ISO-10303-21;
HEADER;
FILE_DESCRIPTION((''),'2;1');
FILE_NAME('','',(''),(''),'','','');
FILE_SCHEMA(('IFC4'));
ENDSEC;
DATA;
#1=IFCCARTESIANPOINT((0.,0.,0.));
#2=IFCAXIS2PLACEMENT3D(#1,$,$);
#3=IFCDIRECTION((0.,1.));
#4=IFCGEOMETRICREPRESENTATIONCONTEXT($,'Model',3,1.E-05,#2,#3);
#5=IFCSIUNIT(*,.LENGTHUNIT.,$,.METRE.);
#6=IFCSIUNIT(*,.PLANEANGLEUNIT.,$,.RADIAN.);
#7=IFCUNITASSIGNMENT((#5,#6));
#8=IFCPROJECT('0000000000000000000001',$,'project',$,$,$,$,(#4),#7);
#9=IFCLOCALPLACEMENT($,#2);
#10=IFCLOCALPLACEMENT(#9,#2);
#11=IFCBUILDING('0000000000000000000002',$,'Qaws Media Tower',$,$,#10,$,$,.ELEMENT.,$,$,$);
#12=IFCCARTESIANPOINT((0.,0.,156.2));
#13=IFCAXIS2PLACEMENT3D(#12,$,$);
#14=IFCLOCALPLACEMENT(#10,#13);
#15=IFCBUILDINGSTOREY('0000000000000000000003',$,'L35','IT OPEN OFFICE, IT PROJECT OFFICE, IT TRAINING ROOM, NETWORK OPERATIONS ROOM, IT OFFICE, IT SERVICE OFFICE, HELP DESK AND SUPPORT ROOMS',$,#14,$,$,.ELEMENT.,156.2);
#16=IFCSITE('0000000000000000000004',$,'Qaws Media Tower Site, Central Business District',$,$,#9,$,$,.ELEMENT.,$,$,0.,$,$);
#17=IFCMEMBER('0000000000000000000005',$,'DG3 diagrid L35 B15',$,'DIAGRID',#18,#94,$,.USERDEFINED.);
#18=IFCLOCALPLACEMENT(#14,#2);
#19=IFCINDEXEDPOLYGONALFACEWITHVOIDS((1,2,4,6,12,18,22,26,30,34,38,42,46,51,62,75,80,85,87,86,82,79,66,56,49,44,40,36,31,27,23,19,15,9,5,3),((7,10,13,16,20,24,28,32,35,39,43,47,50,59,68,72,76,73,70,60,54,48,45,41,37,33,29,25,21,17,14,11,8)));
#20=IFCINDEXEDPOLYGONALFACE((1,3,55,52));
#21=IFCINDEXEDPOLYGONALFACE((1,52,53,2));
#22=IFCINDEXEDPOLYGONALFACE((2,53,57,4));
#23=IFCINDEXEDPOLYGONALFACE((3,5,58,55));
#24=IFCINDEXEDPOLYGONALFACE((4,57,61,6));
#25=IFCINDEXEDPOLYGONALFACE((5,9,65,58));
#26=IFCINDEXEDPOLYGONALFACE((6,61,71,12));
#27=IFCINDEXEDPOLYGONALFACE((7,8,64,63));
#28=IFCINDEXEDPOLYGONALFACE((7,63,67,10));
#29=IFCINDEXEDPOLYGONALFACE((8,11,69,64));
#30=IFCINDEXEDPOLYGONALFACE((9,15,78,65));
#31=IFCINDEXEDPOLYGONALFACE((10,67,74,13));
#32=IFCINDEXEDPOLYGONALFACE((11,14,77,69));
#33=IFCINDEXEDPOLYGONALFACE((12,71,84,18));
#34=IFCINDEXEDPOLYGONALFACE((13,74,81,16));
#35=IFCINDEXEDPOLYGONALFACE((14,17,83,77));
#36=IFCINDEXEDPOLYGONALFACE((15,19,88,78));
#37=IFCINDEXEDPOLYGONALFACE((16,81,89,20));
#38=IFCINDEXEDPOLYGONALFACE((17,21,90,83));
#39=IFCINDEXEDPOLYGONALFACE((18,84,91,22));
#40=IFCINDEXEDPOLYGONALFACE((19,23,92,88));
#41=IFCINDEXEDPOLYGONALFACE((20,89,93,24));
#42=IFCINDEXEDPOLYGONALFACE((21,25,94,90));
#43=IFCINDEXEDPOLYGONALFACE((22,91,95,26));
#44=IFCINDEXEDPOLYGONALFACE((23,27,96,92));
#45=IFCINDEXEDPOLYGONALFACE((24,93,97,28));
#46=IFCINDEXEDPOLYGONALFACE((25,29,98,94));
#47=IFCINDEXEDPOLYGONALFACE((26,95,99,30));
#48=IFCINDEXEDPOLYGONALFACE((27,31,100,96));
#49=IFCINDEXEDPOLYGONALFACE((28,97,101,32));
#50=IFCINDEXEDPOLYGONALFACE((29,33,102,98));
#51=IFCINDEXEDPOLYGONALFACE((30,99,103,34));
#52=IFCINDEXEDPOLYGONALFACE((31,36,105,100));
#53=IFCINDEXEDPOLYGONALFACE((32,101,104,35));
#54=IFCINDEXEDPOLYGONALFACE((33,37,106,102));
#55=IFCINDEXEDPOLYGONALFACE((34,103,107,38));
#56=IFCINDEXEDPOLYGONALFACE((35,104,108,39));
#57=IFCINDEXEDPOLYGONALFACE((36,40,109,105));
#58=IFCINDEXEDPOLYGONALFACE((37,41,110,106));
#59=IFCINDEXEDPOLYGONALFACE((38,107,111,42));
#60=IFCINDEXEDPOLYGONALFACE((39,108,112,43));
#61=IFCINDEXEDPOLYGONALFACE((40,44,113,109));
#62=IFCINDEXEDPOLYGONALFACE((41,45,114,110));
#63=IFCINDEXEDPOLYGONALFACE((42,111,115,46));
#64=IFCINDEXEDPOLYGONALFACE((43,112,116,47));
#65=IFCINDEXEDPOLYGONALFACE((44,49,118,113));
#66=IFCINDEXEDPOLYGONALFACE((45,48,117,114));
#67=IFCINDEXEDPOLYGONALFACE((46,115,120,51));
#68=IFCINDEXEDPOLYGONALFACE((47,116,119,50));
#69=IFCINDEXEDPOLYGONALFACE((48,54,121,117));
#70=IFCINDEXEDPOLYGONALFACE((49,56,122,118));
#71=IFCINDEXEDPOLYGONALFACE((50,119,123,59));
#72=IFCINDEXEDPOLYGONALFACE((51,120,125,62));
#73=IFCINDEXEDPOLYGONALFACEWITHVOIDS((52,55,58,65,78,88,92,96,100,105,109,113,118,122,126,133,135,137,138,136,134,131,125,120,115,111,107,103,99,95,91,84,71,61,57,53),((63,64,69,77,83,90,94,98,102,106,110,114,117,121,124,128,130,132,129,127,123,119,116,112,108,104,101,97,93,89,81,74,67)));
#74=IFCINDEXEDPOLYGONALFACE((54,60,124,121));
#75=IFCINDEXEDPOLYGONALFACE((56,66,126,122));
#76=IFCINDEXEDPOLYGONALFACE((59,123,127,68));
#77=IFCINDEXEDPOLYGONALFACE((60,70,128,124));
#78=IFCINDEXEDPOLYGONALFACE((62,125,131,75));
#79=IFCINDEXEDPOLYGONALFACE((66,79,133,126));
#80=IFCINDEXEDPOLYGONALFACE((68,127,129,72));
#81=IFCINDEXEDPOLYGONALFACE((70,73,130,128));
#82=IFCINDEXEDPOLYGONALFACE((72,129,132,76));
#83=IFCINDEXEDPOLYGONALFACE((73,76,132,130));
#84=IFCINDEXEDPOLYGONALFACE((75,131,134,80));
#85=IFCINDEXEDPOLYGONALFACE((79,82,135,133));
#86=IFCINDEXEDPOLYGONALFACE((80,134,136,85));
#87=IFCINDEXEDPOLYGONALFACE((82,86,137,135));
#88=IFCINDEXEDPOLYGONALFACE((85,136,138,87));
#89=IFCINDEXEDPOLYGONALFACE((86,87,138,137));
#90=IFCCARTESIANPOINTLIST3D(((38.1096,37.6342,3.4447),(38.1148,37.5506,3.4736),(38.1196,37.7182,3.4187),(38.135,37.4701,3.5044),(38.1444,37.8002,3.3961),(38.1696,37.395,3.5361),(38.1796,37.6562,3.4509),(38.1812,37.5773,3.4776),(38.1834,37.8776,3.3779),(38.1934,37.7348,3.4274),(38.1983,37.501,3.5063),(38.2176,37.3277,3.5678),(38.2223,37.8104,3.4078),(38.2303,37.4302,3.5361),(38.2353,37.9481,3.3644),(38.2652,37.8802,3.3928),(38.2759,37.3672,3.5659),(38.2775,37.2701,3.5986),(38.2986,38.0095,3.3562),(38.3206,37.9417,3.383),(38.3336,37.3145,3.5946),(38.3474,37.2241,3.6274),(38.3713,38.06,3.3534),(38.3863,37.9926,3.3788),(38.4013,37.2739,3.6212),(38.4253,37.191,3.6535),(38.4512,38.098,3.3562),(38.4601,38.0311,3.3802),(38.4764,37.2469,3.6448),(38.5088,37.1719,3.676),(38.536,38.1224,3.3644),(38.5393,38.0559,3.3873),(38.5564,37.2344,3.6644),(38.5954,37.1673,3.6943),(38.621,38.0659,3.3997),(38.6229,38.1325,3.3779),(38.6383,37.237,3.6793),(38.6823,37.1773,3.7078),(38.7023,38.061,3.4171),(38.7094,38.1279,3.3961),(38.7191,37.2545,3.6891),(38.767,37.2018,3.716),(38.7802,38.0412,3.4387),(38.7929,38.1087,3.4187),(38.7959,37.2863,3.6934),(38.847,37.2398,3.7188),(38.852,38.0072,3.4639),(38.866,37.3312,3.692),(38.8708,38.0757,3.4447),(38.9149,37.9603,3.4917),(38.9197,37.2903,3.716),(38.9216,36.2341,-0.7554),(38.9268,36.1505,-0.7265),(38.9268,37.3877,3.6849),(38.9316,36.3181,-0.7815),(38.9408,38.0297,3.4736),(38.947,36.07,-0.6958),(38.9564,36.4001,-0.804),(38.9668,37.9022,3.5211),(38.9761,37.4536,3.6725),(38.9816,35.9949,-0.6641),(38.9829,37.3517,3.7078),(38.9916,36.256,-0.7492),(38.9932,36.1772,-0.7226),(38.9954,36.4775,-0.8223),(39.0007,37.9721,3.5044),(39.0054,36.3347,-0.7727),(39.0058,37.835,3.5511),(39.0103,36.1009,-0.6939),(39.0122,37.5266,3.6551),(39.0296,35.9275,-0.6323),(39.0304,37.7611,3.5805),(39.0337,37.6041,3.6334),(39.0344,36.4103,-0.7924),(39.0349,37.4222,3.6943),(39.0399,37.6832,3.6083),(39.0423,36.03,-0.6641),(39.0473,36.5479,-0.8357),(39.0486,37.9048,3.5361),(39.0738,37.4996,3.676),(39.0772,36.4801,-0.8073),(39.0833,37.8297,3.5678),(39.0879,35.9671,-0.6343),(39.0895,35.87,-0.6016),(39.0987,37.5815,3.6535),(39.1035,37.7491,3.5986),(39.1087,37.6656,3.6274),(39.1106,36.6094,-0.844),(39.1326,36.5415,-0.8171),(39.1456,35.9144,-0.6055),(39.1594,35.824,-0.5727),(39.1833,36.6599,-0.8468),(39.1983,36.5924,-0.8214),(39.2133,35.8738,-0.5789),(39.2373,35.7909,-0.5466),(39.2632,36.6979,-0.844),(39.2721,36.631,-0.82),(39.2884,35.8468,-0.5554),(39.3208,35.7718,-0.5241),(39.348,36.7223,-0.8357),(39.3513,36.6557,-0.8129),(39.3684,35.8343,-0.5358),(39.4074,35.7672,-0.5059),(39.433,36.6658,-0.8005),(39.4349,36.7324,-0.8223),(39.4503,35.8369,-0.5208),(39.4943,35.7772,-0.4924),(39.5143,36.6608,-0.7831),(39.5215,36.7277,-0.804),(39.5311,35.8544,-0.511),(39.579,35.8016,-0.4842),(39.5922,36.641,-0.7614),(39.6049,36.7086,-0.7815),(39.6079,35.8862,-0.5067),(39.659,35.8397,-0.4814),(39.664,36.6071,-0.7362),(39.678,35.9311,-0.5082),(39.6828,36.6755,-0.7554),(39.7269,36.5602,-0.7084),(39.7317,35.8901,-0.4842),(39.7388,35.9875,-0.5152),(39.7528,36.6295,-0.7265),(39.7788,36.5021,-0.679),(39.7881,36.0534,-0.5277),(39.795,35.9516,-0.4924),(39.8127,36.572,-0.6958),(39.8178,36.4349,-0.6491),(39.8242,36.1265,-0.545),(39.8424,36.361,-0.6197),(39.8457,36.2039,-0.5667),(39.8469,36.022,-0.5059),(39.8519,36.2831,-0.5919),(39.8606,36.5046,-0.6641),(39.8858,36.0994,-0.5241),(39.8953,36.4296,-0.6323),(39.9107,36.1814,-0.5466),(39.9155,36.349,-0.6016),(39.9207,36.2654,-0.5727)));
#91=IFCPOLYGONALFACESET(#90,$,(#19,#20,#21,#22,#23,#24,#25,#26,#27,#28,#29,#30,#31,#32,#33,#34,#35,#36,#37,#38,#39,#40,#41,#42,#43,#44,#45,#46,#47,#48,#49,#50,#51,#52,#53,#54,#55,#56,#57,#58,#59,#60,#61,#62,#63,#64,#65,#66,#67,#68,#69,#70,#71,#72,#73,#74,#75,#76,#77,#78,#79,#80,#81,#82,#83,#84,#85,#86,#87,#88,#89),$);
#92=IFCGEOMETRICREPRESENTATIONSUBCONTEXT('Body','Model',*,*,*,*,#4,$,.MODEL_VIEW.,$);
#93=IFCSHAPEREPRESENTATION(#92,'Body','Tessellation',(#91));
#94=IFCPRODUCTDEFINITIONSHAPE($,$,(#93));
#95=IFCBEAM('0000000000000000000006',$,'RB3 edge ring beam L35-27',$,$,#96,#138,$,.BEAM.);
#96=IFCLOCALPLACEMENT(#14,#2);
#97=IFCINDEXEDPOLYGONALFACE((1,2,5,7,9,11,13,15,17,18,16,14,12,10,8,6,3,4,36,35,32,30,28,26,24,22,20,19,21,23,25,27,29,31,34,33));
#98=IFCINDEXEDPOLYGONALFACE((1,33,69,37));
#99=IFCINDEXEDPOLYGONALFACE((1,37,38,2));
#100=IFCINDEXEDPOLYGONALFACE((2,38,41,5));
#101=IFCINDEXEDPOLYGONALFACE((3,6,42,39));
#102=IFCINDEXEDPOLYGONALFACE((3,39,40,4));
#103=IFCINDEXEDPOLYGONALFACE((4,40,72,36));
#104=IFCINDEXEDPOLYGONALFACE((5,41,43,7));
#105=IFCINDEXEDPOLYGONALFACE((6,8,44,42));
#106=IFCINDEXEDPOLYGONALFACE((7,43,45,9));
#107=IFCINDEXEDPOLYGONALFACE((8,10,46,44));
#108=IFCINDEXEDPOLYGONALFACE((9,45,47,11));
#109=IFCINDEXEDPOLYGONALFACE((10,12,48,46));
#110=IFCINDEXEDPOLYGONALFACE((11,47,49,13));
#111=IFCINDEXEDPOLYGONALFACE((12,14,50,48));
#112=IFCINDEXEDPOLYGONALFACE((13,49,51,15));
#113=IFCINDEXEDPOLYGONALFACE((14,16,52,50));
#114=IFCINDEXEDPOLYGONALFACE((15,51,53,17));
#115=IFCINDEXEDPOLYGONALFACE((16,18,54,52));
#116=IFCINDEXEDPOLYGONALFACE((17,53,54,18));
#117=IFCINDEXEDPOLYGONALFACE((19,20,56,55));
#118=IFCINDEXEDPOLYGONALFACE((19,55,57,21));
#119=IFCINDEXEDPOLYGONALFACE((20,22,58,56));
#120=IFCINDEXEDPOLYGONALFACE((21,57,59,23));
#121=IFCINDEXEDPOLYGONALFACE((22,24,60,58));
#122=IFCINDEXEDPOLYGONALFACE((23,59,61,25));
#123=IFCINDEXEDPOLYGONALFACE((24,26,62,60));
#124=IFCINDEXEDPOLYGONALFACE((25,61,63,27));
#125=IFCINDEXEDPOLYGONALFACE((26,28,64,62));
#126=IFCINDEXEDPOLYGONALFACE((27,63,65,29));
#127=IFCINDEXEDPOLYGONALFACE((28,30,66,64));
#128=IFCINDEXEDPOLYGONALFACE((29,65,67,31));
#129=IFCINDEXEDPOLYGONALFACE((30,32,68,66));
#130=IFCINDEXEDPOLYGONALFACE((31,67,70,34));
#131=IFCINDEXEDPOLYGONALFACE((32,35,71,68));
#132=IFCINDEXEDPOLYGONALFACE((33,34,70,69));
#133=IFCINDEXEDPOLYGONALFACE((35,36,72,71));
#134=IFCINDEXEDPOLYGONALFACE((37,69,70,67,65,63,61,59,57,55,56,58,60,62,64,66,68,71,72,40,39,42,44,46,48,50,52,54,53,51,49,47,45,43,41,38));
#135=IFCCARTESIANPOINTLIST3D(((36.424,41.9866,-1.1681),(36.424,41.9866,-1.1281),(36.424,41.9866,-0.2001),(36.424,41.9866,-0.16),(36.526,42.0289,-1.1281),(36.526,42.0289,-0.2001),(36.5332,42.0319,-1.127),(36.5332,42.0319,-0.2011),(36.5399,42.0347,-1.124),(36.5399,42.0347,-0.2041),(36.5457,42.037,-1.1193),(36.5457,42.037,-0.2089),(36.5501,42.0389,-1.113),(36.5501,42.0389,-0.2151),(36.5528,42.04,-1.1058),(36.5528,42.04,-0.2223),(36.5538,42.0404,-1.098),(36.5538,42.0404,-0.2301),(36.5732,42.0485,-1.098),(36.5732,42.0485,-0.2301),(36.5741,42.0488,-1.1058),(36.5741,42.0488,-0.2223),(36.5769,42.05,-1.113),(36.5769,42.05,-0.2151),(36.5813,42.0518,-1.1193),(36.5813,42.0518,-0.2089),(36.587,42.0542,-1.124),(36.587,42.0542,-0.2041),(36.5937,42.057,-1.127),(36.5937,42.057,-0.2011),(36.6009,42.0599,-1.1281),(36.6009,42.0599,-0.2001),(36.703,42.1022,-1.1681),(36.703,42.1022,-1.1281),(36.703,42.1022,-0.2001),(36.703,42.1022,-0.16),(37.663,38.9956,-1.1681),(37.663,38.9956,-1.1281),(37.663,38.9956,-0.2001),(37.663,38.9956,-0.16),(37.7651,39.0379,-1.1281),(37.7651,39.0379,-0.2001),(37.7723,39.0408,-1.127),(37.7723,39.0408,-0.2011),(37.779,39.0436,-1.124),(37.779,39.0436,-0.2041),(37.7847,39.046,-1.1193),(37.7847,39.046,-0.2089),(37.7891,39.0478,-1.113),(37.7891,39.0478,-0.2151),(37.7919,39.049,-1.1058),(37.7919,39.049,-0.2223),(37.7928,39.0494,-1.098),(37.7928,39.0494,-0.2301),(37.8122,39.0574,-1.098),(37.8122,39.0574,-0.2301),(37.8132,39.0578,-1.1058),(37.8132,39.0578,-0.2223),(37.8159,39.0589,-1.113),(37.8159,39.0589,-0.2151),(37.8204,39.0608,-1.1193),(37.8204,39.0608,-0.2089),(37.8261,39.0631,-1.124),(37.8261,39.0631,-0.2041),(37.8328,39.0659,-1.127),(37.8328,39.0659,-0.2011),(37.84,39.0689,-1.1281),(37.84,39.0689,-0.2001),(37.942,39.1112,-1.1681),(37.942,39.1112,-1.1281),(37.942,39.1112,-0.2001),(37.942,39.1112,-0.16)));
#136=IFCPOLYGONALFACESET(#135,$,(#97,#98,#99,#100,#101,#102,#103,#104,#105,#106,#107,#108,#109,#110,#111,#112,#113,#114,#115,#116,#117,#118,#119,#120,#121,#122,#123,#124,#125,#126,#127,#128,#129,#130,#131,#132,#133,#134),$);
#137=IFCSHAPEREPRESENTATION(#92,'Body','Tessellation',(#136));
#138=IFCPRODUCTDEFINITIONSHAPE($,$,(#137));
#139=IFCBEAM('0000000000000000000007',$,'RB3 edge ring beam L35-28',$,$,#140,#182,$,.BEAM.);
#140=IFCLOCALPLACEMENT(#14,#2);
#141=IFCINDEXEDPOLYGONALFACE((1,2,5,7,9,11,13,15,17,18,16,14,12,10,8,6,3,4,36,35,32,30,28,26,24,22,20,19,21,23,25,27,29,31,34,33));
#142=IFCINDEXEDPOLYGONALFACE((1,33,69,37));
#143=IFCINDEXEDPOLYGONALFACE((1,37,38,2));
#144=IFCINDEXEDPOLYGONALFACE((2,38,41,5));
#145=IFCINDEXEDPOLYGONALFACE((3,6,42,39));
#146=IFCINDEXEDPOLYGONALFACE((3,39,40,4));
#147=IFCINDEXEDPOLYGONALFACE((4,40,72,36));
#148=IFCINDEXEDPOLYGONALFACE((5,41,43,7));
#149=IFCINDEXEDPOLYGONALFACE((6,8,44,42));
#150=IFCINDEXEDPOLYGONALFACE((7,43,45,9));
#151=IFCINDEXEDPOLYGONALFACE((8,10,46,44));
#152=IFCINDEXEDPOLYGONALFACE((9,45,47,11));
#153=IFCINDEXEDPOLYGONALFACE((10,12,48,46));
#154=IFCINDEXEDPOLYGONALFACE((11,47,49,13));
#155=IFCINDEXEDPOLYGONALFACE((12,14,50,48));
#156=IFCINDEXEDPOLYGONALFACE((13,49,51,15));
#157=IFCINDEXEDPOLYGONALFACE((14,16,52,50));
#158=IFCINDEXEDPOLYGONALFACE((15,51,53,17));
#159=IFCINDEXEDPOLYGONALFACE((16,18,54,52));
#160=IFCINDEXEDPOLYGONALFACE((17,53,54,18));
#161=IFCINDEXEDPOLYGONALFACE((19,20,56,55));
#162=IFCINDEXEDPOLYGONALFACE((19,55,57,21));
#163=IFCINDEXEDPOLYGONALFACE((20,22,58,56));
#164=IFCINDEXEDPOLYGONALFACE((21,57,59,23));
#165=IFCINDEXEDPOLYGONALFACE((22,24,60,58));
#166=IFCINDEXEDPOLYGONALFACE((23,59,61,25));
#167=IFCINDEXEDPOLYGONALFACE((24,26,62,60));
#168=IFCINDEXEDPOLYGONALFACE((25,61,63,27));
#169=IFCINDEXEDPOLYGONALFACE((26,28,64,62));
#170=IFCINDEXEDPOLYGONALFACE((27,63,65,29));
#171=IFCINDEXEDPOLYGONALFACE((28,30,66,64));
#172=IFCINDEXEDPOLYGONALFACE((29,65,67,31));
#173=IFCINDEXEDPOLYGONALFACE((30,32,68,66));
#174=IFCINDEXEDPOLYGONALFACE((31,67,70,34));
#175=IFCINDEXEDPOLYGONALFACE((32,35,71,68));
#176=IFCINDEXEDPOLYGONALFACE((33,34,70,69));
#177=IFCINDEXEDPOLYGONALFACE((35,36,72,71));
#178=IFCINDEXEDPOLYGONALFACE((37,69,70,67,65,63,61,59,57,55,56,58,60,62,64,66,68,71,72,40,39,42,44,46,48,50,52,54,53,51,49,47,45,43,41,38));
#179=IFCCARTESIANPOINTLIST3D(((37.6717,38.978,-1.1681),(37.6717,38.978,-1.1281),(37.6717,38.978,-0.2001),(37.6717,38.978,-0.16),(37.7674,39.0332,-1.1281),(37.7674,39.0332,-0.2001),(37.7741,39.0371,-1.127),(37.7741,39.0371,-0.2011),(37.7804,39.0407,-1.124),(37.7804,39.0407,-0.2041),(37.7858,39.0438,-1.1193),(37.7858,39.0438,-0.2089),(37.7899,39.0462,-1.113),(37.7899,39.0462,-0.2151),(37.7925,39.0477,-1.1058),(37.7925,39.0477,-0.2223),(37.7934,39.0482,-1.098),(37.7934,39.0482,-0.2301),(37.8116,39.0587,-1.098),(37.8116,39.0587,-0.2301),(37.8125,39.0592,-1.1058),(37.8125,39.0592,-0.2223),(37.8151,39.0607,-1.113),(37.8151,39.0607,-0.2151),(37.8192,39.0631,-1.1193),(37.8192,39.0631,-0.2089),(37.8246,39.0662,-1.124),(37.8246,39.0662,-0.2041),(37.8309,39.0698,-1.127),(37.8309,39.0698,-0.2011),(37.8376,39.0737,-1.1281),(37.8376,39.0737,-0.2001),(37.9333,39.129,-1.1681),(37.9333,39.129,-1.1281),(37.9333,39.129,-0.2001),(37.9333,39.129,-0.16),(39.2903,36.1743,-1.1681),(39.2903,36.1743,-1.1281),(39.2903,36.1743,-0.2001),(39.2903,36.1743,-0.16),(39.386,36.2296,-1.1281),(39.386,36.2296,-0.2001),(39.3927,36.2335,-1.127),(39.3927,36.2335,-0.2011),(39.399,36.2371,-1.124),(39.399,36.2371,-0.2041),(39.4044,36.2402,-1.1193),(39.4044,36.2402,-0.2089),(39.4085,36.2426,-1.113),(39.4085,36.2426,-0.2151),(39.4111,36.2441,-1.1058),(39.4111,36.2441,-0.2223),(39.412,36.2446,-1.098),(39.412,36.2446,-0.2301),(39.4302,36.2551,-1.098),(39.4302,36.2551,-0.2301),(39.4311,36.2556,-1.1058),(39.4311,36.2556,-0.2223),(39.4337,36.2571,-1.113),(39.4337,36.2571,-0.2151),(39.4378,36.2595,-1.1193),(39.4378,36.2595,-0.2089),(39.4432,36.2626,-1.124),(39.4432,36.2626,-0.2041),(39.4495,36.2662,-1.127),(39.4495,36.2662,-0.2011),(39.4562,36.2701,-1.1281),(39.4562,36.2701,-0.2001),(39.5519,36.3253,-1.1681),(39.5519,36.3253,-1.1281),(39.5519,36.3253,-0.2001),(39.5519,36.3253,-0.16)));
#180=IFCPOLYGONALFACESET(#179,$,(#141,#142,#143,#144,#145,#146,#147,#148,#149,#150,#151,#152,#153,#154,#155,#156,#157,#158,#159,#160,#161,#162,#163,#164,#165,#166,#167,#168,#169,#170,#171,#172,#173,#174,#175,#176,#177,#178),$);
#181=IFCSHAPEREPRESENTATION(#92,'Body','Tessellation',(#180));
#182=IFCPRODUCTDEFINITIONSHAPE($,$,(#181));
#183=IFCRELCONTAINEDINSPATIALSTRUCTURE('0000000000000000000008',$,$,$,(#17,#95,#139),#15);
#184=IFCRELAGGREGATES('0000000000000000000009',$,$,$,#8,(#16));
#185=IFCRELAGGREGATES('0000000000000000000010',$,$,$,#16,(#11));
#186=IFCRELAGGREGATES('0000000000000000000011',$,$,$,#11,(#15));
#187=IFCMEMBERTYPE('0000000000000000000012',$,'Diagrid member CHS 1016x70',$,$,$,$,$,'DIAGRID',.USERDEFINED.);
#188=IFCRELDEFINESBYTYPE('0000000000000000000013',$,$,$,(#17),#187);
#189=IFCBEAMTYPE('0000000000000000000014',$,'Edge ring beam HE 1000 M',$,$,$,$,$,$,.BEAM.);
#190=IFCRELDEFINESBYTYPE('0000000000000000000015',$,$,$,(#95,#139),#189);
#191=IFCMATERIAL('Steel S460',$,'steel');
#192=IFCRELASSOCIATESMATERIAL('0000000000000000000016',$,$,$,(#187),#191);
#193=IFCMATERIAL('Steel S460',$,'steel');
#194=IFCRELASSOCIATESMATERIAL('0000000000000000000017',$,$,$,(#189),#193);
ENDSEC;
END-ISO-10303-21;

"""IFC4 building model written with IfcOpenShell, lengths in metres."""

from ifc_helpers import new_model, si_unit, direction, frame, origin, origin_2d, place, context, subcontext, project, spatial, hollow_circle, i_section, extrude, material, material_profile, profile_set, type_object, element, save


model = new_model("IFC4")

# Units and contexts
model_context = context("Model", 3, precision=1e-05, world=origin(), true_north=direction((0.0, 1.0)))
body_context = subcontext(model_context, "Body", "Model", "MODEL_VIEW")
ifc_project = project(units=[si_unit("LENGTHUNIT", "METRE"), si_unit("PLANEANGLEUNIT", "RADIAN")], contexts=[model_context])

# Site, building, storey
site_placement = place(None, origin())
site = spatial("IfcSite", under=ifc_project, at=site_placement, Name="Qaws Media Tower Site, Central Business District", CompositionType="ELEMENT", RefElevation=0.0)
building_placement = place(site_placement, origin())
building = spatial("IfcBuilding", under=site, at=building_placement, Name="Qaws Media Tower", CompositionType="ELEMENT")
storey_placement = place(building_placement, frame((0.0, 0.0, 156.2)))
storey = spatial("IfcBuildingStorey", under=building, at=storey_placement, Name="L35", Description="IT OPEN OFFICE, IT PROJECT OFFICE, IT TRAINING ROOM, NETWORK OPERATIONS ROOM, IT OFFICE, IT SERVICE OFFICE, HELP DESK AND SUPPORT ROOMS", CompositionType="ELEMENT", Elevation=156.2)

# Member
ifc_material_1 = material(Name="Steel S460", Category="steel")
ifc_material_profile_1 = material_profile(ifc_material_1, hollow_circle(Radius=0.5081, WallThickness=0.0701, at=origin_2d()), Name="CHS 1016x70")
ifc_profile_set_1 = profile_set([ifc_material_profile_1], Name="Steel S460")
member_type_1 = type_object("IfcMemberType", Name="Diagrid member CHS 1016x70", ElementType="DIAGRID", PredefinedType="USERDEFINED", material=ifc_profile_set_1)
for number, where, z_axis, x_axis, name in (
    (1, (39.4211, 36.2498, -0.6641), (-0.180396, 0.311056, 0.933114), (-0.865051, -0.501684, 0.0), "DG3 diagrid L35 B15"),
):
    element("IfcMember", number, at=place(storey_placement, frame(where, z_axis=z_axis, x_axis=x_axis)), inside=storey, type_object=member_type_1, Name=name, ObjectType="DIAGRID", PredefinedType="USERDEFINED", context=body_context, shape_type="SweptSolid", body=[
        extrude(hollow_circle(Radius=0.5081, WallThickness=0.0701, at=origin_2d()), origin(), (0.0, 0.0, 1.0), 4.5012),
    ])

# Beams
ifc_material_2 = material(Name="Steel S460", Category="steel")
ifc_material_profile_2 = material_profile(ifc_material_2, i_section(OverallWidth=0.302, OverallDepth=1.0081, WebThickness=0.021, FlangeThickness=0.04, FilletRadius=0.03, at=origin_2d()), Name="HE 1000 M")
ifc_profile_set_2 = profile_set([ifc_material_profile_2], Name="Steel S460")
beam_type = type_object("IfcBeamType", Name="Edge ring beam HE 1000 M", PredefinedType="BEAM", material=ifc_profile_set_2)
beam_1_placement = place(storey_placement, frame((36.5635, 42.0444, -0.6641), z_axis=(0.382714, -0.923867, 0.0), x_axis=(0.923867, 0.382714, 0.0)))
element("IfcBeam", 2, at=beam_1_placement, inside=storey, type_object=beam_type, Name="RB3 edge ring beam L35-27", PredefinedType="BEAM", context=body_context, shape_type="SweptSolid", body=[
    extrude(i_section(OverallWidth=0.302, OverallDepth=1.0081, WebThickness=0.021, FlangeThickness=0.04, FilletRadius=0.03, at=origin_2d()), origin(), (0.0, 0.0, 1.0), 3.2375),
])
beam_2_placement = place(storey_placement, frame((37.8025, 39.0535, -0.6641), z_axis=(0.499984, -0.866035, 0.0), x_axis=(0.866035, 0.499984, 0.0)))
element("IfcBeam", 3, at=beam_2_placement, inside=storey, type_object=beam_type, Name="RB3 edge ring beam L35-28", PredefinedType="BEAM", context=body_context, shape_type="SweptSolid", body=[
    extrude(i_section(OverallWidth=0.302, OverallDepth=1.0081, WebThickness=0.021, FlangeThickness=0.04, FilletRadius=0.03, at=origin_2d()), origin(), (0.0, 0.0, 1.0), 3.2373),
])

save(model, "model.ifc")
